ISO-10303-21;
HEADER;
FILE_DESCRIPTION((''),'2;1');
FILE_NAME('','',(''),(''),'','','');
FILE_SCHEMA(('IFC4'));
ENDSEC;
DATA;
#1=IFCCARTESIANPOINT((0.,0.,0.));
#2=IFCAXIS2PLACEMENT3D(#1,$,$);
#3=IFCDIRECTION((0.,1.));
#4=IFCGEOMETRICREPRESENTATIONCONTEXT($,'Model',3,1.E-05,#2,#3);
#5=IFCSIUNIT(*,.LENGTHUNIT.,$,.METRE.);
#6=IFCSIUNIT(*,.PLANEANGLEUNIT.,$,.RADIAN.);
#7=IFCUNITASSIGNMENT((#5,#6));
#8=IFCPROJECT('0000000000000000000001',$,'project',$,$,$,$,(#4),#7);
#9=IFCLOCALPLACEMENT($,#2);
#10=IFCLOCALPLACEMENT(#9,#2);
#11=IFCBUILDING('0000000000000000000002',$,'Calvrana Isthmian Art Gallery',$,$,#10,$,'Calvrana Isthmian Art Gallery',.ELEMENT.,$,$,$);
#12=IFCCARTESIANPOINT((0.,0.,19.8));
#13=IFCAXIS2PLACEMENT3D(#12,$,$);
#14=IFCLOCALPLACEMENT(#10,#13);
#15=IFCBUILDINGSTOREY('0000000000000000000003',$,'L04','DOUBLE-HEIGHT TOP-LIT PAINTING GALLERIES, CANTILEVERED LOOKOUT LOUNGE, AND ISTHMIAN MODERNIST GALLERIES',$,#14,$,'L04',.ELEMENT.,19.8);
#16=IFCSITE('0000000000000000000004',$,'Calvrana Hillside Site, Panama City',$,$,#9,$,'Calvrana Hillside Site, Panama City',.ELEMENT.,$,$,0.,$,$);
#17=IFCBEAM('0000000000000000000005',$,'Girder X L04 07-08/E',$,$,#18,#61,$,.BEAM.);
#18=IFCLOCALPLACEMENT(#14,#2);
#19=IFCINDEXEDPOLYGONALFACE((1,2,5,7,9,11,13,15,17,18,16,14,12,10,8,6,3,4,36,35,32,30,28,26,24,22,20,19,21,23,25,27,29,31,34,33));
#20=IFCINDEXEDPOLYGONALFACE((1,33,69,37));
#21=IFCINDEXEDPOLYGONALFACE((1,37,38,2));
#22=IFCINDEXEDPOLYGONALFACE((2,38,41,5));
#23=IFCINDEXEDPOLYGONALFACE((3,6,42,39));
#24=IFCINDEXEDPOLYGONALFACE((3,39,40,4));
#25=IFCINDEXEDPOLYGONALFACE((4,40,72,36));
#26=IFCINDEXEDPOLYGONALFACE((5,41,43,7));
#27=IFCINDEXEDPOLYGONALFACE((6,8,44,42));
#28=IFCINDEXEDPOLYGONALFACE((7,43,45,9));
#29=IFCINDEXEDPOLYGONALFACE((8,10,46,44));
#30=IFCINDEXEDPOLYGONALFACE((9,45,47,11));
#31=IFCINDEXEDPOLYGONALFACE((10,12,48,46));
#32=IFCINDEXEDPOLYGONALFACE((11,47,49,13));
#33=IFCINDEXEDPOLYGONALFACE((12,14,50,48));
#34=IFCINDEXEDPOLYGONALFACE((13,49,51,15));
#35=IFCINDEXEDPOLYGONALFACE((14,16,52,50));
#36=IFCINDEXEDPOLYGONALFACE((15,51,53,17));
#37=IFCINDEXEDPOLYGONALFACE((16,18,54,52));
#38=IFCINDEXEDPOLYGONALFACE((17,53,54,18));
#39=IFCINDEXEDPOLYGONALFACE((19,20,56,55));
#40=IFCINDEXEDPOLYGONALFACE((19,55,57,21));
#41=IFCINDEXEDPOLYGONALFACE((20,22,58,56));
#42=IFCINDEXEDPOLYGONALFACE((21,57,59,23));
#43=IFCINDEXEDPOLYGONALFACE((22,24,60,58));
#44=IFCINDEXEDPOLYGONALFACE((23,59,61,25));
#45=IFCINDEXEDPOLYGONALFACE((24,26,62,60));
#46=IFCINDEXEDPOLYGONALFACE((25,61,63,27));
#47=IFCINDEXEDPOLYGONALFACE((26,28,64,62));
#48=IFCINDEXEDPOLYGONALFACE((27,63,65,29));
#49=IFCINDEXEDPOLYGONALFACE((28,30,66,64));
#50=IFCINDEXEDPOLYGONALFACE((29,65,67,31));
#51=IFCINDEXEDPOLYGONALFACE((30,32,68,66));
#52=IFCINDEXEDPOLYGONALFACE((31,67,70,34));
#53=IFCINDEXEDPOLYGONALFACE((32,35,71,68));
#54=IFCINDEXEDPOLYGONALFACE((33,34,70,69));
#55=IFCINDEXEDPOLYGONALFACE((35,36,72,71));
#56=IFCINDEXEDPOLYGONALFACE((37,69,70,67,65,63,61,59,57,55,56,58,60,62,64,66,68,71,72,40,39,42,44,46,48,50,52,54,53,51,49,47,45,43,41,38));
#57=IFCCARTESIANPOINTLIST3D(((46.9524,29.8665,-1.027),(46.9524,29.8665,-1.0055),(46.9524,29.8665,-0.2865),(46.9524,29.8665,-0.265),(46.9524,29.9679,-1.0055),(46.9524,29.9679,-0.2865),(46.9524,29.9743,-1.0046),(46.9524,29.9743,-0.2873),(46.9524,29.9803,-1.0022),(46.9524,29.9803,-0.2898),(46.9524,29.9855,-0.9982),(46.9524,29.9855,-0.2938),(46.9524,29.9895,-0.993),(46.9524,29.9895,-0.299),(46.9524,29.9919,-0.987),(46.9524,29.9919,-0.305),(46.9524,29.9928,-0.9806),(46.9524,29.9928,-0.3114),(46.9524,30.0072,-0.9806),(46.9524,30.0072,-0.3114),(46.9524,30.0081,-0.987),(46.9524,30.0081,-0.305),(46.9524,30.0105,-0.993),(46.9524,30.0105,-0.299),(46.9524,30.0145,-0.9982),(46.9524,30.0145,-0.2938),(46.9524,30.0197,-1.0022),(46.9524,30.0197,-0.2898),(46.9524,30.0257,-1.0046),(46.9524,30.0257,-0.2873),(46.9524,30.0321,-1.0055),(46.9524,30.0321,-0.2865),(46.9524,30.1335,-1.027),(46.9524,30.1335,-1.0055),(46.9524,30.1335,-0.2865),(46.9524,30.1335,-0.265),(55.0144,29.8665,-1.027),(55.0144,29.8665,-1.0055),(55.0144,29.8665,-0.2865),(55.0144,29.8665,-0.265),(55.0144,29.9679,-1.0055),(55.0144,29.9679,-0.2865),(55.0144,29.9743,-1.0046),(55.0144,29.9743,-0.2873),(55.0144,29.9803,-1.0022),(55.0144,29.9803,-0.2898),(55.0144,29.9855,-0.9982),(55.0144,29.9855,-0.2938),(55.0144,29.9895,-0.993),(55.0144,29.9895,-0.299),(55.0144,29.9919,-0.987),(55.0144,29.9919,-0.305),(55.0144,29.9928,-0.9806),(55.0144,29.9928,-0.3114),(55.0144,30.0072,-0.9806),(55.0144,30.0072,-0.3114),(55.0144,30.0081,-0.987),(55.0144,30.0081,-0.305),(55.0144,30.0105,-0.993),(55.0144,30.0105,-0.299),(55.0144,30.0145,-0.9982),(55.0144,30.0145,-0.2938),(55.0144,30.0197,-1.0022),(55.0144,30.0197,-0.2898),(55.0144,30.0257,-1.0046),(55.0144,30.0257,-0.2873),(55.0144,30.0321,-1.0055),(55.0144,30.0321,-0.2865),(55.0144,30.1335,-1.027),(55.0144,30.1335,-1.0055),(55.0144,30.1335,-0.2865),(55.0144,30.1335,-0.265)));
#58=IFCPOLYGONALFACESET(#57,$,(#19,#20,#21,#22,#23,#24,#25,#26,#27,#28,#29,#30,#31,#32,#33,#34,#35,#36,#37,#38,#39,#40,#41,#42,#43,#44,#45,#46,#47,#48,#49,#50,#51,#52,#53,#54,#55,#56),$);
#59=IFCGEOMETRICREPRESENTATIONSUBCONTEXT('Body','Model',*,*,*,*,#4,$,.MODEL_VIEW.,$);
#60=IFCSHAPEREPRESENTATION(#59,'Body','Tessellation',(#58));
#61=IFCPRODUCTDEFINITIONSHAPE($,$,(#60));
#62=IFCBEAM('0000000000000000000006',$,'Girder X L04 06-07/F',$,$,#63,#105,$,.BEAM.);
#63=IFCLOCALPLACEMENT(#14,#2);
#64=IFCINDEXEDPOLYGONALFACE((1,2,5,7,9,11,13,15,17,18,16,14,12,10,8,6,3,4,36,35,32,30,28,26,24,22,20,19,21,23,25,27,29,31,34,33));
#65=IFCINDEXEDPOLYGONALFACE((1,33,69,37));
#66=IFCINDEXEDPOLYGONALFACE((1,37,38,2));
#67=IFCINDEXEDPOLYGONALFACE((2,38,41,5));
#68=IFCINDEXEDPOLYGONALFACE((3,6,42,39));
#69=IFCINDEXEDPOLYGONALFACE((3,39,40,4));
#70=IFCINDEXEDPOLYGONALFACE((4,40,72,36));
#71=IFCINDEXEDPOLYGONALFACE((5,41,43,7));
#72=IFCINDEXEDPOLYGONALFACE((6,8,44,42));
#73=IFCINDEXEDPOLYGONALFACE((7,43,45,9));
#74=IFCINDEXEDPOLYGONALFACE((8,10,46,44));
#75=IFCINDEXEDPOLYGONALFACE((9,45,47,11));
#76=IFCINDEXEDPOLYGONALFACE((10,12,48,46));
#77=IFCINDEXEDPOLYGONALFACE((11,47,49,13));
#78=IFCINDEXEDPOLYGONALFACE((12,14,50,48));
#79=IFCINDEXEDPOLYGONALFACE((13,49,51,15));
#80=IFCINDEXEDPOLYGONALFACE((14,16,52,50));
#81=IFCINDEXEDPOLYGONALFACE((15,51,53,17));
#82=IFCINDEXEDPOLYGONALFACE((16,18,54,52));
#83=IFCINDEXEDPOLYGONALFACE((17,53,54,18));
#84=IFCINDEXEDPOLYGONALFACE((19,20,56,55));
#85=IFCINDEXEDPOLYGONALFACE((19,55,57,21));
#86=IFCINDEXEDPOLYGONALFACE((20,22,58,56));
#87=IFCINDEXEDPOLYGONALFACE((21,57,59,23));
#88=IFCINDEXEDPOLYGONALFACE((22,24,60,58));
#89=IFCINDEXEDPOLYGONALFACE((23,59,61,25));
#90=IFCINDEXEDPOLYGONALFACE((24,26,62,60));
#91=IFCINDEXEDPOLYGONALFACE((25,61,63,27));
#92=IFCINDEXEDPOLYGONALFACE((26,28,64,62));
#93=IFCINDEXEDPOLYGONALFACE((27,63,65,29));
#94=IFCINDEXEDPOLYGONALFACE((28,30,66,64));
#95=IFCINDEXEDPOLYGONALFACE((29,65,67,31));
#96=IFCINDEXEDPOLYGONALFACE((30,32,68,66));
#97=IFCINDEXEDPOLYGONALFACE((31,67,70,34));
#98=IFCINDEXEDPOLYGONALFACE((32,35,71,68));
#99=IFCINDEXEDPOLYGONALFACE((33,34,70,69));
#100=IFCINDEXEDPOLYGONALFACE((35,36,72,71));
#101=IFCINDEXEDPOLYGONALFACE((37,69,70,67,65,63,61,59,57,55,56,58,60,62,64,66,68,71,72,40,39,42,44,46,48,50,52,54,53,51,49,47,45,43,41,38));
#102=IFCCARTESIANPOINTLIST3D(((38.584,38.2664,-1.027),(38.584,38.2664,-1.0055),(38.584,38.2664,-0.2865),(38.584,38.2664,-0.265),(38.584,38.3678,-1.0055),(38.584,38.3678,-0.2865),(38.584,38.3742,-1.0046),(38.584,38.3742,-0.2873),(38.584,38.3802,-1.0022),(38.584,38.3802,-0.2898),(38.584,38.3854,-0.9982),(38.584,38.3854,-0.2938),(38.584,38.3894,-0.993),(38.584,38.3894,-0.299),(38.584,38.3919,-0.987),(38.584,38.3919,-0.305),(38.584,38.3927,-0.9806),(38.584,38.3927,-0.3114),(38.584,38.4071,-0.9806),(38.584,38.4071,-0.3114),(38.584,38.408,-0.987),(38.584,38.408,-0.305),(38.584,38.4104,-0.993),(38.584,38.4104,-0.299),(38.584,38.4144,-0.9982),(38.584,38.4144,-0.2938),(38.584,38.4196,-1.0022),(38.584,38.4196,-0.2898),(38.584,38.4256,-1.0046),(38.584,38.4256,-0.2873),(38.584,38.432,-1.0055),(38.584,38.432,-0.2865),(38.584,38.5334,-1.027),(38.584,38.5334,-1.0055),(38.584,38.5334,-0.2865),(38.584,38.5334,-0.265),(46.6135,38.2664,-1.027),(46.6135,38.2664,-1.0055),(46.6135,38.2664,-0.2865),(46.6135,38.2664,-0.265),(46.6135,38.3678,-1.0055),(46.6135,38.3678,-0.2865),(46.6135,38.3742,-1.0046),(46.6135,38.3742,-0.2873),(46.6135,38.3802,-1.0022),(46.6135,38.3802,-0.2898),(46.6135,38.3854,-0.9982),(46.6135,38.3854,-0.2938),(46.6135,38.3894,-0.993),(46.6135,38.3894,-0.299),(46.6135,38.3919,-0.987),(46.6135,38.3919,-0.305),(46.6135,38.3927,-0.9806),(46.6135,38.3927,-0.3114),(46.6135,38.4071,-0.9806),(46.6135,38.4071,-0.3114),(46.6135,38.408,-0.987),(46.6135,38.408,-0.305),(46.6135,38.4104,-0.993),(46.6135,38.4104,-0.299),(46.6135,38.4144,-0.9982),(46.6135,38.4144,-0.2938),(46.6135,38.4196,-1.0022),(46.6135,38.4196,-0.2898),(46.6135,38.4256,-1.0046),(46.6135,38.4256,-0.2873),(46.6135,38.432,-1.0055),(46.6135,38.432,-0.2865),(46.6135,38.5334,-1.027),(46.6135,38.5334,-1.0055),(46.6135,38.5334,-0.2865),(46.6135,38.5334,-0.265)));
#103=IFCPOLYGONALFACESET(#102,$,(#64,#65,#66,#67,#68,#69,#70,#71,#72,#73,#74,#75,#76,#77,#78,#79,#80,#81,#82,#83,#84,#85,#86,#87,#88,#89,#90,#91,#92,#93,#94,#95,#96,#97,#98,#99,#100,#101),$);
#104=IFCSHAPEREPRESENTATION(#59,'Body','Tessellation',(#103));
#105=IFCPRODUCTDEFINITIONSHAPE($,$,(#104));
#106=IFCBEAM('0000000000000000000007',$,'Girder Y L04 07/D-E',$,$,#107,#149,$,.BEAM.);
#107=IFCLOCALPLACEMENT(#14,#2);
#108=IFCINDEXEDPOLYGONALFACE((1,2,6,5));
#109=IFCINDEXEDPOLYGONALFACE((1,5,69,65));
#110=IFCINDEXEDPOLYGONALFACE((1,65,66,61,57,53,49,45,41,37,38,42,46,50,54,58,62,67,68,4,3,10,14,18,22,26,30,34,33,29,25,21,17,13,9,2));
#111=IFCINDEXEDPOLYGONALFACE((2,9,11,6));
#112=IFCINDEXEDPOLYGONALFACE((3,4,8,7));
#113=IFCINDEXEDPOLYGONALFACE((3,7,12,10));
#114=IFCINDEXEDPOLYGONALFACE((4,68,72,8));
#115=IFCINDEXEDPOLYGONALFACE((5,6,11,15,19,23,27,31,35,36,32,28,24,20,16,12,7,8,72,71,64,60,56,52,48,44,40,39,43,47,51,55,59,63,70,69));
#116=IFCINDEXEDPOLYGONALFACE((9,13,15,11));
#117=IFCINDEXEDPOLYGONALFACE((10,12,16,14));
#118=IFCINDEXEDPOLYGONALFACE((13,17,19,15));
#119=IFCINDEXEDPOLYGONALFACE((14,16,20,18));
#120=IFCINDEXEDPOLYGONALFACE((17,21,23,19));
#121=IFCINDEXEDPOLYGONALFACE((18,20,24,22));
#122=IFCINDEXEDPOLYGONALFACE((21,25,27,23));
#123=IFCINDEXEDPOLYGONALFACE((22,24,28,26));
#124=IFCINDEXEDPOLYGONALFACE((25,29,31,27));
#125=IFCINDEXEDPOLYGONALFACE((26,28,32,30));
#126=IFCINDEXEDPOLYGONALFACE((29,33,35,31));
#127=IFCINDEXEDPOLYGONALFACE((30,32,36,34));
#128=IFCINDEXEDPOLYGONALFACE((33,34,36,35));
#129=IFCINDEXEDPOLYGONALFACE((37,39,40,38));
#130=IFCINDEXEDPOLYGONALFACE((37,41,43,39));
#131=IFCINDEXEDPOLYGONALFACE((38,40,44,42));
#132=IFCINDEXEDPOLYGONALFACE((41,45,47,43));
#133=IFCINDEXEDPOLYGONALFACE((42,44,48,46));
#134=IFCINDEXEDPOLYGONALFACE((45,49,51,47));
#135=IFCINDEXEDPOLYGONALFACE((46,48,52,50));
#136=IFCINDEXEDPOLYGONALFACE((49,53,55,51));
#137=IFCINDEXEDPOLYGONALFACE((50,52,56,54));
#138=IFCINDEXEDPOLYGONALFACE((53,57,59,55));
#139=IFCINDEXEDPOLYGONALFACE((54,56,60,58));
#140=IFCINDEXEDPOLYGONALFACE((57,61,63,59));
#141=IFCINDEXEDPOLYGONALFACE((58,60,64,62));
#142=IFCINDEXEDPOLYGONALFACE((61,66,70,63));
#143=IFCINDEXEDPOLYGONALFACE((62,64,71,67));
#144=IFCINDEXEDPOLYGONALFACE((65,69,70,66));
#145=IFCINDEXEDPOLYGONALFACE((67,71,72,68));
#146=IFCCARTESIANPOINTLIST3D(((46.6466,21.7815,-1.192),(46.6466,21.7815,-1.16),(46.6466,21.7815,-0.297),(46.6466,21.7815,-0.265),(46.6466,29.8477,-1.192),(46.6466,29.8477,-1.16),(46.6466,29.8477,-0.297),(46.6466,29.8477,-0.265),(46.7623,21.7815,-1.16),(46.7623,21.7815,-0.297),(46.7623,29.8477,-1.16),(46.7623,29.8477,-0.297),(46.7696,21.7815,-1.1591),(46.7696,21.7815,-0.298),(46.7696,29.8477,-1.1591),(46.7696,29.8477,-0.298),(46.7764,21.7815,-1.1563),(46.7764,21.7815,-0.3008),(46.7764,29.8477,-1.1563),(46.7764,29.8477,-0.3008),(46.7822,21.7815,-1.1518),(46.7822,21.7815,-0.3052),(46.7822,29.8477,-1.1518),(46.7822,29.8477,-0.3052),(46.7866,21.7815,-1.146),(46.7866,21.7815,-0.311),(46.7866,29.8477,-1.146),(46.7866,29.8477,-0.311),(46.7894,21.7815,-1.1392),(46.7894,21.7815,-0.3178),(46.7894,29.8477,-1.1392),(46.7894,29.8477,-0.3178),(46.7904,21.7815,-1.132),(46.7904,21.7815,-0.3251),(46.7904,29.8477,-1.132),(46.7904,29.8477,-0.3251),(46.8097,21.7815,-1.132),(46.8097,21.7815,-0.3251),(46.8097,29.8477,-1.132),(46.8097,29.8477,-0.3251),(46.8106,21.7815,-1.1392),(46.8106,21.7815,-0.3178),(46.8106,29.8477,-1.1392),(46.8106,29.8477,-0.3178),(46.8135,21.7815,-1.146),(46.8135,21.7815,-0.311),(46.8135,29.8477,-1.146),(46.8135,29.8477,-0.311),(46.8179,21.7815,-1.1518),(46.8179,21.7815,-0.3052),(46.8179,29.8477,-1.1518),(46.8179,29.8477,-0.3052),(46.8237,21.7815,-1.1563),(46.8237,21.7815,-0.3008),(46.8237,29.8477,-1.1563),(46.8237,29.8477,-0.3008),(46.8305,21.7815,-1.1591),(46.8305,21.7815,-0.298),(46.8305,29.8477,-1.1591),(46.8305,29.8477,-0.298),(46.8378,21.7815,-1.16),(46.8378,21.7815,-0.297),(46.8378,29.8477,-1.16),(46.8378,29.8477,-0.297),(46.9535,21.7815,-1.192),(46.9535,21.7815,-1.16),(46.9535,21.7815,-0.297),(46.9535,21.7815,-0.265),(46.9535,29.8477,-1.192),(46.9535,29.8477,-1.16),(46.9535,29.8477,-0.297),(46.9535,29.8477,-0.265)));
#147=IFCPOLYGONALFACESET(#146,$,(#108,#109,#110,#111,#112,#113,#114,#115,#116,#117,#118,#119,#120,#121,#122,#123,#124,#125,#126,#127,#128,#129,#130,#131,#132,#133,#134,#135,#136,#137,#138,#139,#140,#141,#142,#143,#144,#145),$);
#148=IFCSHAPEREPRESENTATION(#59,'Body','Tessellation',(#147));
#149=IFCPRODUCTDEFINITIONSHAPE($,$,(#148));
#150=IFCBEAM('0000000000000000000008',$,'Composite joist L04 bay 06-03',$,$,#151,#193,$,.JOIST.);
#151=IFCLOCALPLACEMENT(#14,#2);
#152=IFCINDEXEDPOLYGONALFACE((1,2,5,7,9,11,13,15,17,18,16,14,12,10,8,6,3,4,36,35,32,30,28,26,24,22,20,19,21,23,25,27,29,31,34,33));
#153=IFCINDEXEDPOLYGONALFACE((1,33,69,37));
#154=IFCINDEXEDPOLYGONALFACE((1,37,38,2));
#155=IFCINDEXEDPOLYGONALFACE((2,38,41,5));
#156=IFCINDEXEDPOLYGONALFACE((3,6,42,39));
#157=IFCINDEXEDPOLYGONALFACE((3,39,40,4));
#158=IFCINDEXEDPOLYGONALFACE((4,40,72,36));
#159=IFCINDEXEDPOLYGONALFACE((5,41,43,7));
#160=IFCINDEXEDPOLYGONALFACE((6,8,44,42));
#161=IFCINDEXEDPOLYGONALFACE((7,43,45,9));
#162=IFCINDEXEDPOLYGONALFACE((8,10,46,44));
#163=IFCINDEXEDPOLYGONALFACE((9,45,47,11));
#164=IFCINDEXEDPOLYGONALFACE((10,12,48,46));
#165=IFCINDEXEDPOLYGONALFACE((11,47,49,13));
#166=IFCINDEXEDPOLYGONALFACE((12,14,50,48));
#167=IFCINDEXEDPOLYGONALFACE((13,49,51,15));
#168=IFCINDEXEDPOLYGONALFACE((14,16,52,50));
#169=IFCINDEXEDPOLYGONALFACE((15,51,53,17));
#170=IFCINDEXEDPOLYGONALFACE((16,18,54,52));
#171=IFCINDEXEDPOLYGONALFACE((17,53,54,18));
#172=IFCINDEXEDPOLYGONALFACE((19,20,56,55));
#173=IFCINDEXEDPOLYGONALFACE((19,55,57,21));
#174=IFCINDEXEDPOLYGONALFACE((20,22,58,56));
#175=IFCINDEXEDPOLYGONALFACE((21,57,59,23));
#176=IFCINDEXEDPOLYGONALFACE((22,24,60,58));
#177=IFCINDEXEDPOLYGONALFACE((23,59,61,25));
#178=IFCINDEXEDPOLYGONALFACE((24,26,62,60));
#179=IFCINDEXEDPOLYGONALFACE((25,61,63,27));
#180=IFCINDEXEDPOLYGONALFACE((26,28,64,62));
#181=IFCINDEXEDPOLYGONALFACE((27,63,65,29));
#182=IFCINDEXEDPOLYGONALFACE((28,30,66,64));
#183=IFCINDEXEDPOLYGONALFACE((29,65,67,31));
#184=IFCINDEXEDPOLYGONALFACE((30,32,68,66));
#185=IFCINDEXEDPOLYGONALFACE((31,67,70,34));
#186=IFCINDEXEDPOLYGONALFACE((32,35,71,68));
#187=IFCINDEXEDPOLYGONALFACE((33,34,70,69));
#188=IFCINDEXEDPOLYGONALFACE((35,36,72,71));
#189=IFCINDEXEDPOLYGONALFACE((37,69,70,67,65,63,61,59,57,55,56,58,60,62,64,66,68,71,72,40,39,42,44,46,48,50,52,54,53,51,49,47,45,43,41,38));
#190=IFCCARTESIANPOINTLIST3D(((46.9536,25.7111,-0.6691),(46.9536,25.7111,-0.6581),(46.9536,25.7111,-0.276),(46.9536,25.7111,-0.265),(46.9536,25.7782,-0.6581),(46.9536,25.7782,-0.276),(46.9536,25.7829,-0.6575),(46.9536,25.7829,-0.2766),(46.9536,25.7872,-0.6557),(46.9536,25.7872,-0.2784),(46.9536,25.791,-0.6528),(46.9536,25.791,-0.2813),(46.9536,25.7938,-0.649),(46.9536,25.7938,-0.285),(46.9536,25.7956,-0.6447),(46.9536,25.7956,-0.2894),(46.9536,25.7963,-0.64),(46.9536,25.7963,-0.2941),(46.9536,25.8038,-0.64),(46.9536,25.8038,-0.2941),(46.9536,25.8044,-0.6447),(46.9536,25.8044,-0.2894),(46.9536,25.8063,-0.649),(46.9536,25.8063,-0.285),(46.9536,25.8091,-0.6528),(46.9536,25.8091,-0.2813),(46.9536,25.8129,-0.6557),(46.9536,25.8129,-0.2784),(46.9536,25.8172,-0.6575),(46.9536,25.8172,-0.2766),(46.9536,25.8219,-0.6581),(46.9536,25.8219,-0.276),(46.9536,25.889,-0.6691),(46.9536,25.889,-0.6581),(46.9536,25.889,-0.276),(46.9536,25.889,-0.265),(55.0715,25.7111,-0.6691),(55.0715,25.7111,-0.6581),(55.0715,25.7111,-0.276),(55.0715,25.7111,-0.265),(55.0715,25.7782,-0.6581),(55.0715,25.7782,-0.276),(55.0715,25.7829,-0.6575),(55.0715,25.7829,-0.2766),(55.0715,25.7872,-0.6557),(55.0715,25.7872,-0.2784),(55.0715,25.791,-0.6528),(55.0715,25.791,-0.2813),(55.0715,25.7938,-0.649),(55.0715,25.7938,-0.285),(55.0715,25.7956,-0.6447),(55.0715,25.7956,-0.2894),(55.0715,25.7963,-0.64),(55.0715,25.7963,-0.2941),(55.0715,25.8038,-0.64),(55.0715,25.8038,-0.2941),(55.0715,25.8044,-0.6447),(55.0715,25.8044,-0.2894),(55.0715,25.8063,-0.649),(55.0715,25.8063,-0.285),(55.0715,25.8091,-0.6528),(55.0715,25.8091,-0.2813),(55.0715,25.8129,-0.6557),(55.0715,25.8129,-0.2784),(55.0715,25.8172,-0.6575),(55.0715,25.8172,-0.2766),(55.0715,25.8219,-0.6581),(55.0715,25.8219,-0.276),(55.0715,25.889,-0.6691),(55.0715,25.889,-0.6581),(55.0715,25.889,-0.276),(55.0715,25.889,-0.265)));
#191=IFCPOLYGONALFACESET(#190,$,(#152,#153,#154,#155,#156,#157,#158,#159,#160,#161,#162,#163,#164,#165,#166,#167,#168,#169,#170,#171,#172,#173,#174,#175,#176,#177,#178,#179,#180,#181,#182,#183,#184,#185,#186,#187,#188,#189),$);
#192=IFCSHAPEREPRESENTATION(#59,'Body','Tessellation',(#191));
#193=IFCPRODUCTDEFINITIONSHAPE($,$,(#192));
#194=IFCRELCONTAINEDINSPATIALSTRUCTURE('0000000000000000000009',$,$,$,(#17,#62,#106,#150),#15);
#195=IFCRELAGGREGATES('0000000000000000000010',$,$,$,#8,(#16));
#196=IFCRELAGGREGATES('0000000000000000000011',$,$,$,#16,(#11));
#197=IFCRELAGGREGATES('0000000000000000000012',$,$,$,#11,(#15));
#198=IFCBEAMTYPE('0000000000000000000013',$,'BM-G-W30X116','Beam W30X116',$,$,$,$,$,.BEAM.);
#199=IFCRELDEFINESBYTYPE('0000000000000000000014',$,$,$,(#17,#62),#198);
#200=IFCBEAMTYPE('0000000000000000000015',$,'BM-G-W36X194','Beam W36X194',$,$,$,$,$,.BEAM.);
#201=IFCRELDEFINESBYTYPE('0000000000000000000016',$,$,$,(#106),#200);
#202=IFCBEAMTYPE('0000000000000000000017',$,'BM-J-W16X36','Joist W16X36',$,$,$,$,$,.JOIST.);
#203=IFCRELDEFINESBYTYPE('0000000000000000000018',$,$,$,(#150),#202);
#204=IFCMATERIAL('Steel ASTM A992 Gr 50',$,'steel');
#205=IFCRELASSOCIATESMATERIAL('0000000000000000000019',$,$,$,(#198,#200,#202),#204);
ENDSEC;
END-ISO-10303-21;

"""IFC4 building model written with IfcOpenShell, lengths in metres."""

from ifc_helpers import new_model, si_unit, direction, frame, origin, origin_2d, place, context, subcontext, project, spatial, i_section, extrude, material, material_profile, profile_set, type_object, element, save


model = new_model("IFC4")

# Units and contexts
model_context = context("Model", 3, precision=1e-05, world=origin(), true_north=direction((0.0, 1.0)))
body_context = subcontext(model_context, "Body", "Model", "MODEL_VIEW")
ifc_project = project(units=[si_unit("LENGTHUNIT", "METRE"), si_unit("PLANEANGLEUNIT", "RADIAN")], contexts=[model_context])

# Site, building, storey
site_placement = place(None, origin())
site = spatial("IfcSite", under=ifc_project, at=site_placement, Name="Calvrana Hillside Site, Panama City", LongName="Calvrana Hillside Site, Panama City", CompositionType="ELEMENT", RefElevation=0.0)
building_placement = place(site_placement, origin())
building = spatial("IfcBuilding", under=site, at=building_placement, Name="Calvrana Isthmian Art Gallery", LongName="Calvrana Isthmian Art Gallery", CompositionType="ELEMENT")
storey_placement = place(building_placement, frame((0.0, 0.0, 19.8)))
storey = spatial("IfcBuildingStorey", under=building, at=storey_placement, Name="L04", Description="DOUBLE-HEIGHT TOP-LIT PAINTING GALLERIES, CANTILEVERED LOOKOUT LOUNGE, AND ISTHMIAN MODERNIST GALLERIES", LongName="L04", CompositionType="ELEMENT", Elevation=19.8)

# Shared definitions
ifc_material_1 = material(Name="Steel ASTM A992 Gr 50", Category="steel")

# Beams
ifc_material_profile_1 = material_profile(ifc_material_1, i_section(OverallWidth=0.2671, OverallDepth=0.762, WebThickness=0.0144, FlangeThickness=0.0215, FilletRadius=0.0249, at=origin_2d()), Name="W30X116")
ifc_profile_set_1 = profile_set([ifc_material_profile_1], Name="Steel ASTM A992 Gr 50")
beam_type_1 = type_object("IfcBeamType", Name="BM-G-W30X116", Description="Beam W30X116", PredefinedType="BEAM", material=ifc_profile_set_1)
beam_1_placement = place(storey_placement, frame((46.9524, 30.0, -0.646), z_axis=(1.0, 0.0, 0.0), x_axis=(0.0, 1.0, 0.0)))
element("IfcBeam", 1, at=beam_1_placement, inside=storey, type_object=beam_type_1, Name="Girder X L04 07-08/E", PredefinedType="BEAM", context=body_context, shape_type="SweptSolid", body=[
    extrude(i_section(OverallWidth=0.2671, OverallDepth=0.762, WebThickness=0.0144, FlangeThickness=0.0215, FilletRadius=0.0249, at=origin_2d()), origin(), (0.0, 0.0, 1.0), 8.062),
])
beam_2_placement = place(storey_placement, frame((38.584, 38.3999, -0.646), z_axis=(1.0, 0.0, 0.0), x_axis=(0.0, 1.0, 0.0)))
element("IfcBeam", 2, at=beam_2_placement, inside=storey, type_object=beam_type_1, Name="Girder X L04 06-07/F", PredefinedType="BEAM", context=body_context, shape_type="SweptSolid", body=[
    extrude(i_section(OverallWidth=0.2671, OverallDepth=0.762, WebThickness=0.0144, FlangeThickness=0.0215, FilletRadius=0.0249, at=origin_2d()), origin(), (0.0, 0.0, 1.0), 8.0295),
])
ifc_material_profile_2 = material_profile(ifc_material_1, i_section(OverallWidth=0.3069, OverallDepth=0.927, WebThickness=0.0193, FlangeThickness=0.032, FilletRadius=0.0281, at=origin_2d()), Name="W36X194")
ifc_profile_set_2 = profile_set([ifc_material_profile_2], Name="Steel ASTM A992 Gr 50")
beam_type_2 = type_object("IfcBeamType", Name="BM-G-W36X194", Description="Beam W36X194", PredefinedType="BEAM", material=ifc_profile_set_2)
beam_3_placement = place(storey_placement, frame((46.8, 21.7815, -0.7285), z_axis=(0.0, 1.0, 0.0), x_axis=(-1.0, 0.0, 0.0)))
element("IfcBeam", 3, at=beam_3_placement, inside=storey, type_object=beam_type_2, Name="Girder Y L04 07/D-E", PredefinedType="BEAM", context=body_context, shape_type="SweptSolid", body=[
    extrude(i_section(OverallWidth=0.3069, OverallDepth=0.927, WebThickness=0.0193, FlangeThickness=0.032, FilletRadius=0.0281, at=origin_2d()), origin(), (0.0, 0.0, 1.0), 8.0662),
])
ifc_material_profile_3 = material_profile(ifc_material_1, i_section(OverallWidth=0.178, OverallDepth=0.4041, WebThickness=0.0076, FlangeThickness=0.011, FilletRadius=0.0181, at=origin_2d()), Name="W16X36")
ifc_profile_set_3 = profile_set([ifc_material_profile_3], Name="Steel ASTM A992 Gr 50")
beam_type_3 = type_object("IfcBeamType", Name="BM-J-W16X36", Description="Joist W16X36", PredefinedType="JOIST", material=ifc_profile_set_3)
beam_4_placement = place(storey_placement, frame((46.9536, 25.8, -0.467), z_axis=(1.0, 0.0, 0.0), x_axis=(0.0, 1.0, 0.0)))
element("IfcBeam", 4, at=beam_4_placement, inside=storey, type_object=beam_type_3, Name="Composite joist L04 bay 06-03", PredefinedType="JOIST", context=body_context, shape_type="SweptSolid", body=[
    extrude(i_section(OverallWidth=0.178, OverallDepth=0.4041, WebThickness=0.0076, FlangeThickness=0.011, FilletRadius=0.0181, at=origin_2d()), origin(), (0.0, 0.0, 1.0), 8.1179),
])

save(model, "model.ifc")
